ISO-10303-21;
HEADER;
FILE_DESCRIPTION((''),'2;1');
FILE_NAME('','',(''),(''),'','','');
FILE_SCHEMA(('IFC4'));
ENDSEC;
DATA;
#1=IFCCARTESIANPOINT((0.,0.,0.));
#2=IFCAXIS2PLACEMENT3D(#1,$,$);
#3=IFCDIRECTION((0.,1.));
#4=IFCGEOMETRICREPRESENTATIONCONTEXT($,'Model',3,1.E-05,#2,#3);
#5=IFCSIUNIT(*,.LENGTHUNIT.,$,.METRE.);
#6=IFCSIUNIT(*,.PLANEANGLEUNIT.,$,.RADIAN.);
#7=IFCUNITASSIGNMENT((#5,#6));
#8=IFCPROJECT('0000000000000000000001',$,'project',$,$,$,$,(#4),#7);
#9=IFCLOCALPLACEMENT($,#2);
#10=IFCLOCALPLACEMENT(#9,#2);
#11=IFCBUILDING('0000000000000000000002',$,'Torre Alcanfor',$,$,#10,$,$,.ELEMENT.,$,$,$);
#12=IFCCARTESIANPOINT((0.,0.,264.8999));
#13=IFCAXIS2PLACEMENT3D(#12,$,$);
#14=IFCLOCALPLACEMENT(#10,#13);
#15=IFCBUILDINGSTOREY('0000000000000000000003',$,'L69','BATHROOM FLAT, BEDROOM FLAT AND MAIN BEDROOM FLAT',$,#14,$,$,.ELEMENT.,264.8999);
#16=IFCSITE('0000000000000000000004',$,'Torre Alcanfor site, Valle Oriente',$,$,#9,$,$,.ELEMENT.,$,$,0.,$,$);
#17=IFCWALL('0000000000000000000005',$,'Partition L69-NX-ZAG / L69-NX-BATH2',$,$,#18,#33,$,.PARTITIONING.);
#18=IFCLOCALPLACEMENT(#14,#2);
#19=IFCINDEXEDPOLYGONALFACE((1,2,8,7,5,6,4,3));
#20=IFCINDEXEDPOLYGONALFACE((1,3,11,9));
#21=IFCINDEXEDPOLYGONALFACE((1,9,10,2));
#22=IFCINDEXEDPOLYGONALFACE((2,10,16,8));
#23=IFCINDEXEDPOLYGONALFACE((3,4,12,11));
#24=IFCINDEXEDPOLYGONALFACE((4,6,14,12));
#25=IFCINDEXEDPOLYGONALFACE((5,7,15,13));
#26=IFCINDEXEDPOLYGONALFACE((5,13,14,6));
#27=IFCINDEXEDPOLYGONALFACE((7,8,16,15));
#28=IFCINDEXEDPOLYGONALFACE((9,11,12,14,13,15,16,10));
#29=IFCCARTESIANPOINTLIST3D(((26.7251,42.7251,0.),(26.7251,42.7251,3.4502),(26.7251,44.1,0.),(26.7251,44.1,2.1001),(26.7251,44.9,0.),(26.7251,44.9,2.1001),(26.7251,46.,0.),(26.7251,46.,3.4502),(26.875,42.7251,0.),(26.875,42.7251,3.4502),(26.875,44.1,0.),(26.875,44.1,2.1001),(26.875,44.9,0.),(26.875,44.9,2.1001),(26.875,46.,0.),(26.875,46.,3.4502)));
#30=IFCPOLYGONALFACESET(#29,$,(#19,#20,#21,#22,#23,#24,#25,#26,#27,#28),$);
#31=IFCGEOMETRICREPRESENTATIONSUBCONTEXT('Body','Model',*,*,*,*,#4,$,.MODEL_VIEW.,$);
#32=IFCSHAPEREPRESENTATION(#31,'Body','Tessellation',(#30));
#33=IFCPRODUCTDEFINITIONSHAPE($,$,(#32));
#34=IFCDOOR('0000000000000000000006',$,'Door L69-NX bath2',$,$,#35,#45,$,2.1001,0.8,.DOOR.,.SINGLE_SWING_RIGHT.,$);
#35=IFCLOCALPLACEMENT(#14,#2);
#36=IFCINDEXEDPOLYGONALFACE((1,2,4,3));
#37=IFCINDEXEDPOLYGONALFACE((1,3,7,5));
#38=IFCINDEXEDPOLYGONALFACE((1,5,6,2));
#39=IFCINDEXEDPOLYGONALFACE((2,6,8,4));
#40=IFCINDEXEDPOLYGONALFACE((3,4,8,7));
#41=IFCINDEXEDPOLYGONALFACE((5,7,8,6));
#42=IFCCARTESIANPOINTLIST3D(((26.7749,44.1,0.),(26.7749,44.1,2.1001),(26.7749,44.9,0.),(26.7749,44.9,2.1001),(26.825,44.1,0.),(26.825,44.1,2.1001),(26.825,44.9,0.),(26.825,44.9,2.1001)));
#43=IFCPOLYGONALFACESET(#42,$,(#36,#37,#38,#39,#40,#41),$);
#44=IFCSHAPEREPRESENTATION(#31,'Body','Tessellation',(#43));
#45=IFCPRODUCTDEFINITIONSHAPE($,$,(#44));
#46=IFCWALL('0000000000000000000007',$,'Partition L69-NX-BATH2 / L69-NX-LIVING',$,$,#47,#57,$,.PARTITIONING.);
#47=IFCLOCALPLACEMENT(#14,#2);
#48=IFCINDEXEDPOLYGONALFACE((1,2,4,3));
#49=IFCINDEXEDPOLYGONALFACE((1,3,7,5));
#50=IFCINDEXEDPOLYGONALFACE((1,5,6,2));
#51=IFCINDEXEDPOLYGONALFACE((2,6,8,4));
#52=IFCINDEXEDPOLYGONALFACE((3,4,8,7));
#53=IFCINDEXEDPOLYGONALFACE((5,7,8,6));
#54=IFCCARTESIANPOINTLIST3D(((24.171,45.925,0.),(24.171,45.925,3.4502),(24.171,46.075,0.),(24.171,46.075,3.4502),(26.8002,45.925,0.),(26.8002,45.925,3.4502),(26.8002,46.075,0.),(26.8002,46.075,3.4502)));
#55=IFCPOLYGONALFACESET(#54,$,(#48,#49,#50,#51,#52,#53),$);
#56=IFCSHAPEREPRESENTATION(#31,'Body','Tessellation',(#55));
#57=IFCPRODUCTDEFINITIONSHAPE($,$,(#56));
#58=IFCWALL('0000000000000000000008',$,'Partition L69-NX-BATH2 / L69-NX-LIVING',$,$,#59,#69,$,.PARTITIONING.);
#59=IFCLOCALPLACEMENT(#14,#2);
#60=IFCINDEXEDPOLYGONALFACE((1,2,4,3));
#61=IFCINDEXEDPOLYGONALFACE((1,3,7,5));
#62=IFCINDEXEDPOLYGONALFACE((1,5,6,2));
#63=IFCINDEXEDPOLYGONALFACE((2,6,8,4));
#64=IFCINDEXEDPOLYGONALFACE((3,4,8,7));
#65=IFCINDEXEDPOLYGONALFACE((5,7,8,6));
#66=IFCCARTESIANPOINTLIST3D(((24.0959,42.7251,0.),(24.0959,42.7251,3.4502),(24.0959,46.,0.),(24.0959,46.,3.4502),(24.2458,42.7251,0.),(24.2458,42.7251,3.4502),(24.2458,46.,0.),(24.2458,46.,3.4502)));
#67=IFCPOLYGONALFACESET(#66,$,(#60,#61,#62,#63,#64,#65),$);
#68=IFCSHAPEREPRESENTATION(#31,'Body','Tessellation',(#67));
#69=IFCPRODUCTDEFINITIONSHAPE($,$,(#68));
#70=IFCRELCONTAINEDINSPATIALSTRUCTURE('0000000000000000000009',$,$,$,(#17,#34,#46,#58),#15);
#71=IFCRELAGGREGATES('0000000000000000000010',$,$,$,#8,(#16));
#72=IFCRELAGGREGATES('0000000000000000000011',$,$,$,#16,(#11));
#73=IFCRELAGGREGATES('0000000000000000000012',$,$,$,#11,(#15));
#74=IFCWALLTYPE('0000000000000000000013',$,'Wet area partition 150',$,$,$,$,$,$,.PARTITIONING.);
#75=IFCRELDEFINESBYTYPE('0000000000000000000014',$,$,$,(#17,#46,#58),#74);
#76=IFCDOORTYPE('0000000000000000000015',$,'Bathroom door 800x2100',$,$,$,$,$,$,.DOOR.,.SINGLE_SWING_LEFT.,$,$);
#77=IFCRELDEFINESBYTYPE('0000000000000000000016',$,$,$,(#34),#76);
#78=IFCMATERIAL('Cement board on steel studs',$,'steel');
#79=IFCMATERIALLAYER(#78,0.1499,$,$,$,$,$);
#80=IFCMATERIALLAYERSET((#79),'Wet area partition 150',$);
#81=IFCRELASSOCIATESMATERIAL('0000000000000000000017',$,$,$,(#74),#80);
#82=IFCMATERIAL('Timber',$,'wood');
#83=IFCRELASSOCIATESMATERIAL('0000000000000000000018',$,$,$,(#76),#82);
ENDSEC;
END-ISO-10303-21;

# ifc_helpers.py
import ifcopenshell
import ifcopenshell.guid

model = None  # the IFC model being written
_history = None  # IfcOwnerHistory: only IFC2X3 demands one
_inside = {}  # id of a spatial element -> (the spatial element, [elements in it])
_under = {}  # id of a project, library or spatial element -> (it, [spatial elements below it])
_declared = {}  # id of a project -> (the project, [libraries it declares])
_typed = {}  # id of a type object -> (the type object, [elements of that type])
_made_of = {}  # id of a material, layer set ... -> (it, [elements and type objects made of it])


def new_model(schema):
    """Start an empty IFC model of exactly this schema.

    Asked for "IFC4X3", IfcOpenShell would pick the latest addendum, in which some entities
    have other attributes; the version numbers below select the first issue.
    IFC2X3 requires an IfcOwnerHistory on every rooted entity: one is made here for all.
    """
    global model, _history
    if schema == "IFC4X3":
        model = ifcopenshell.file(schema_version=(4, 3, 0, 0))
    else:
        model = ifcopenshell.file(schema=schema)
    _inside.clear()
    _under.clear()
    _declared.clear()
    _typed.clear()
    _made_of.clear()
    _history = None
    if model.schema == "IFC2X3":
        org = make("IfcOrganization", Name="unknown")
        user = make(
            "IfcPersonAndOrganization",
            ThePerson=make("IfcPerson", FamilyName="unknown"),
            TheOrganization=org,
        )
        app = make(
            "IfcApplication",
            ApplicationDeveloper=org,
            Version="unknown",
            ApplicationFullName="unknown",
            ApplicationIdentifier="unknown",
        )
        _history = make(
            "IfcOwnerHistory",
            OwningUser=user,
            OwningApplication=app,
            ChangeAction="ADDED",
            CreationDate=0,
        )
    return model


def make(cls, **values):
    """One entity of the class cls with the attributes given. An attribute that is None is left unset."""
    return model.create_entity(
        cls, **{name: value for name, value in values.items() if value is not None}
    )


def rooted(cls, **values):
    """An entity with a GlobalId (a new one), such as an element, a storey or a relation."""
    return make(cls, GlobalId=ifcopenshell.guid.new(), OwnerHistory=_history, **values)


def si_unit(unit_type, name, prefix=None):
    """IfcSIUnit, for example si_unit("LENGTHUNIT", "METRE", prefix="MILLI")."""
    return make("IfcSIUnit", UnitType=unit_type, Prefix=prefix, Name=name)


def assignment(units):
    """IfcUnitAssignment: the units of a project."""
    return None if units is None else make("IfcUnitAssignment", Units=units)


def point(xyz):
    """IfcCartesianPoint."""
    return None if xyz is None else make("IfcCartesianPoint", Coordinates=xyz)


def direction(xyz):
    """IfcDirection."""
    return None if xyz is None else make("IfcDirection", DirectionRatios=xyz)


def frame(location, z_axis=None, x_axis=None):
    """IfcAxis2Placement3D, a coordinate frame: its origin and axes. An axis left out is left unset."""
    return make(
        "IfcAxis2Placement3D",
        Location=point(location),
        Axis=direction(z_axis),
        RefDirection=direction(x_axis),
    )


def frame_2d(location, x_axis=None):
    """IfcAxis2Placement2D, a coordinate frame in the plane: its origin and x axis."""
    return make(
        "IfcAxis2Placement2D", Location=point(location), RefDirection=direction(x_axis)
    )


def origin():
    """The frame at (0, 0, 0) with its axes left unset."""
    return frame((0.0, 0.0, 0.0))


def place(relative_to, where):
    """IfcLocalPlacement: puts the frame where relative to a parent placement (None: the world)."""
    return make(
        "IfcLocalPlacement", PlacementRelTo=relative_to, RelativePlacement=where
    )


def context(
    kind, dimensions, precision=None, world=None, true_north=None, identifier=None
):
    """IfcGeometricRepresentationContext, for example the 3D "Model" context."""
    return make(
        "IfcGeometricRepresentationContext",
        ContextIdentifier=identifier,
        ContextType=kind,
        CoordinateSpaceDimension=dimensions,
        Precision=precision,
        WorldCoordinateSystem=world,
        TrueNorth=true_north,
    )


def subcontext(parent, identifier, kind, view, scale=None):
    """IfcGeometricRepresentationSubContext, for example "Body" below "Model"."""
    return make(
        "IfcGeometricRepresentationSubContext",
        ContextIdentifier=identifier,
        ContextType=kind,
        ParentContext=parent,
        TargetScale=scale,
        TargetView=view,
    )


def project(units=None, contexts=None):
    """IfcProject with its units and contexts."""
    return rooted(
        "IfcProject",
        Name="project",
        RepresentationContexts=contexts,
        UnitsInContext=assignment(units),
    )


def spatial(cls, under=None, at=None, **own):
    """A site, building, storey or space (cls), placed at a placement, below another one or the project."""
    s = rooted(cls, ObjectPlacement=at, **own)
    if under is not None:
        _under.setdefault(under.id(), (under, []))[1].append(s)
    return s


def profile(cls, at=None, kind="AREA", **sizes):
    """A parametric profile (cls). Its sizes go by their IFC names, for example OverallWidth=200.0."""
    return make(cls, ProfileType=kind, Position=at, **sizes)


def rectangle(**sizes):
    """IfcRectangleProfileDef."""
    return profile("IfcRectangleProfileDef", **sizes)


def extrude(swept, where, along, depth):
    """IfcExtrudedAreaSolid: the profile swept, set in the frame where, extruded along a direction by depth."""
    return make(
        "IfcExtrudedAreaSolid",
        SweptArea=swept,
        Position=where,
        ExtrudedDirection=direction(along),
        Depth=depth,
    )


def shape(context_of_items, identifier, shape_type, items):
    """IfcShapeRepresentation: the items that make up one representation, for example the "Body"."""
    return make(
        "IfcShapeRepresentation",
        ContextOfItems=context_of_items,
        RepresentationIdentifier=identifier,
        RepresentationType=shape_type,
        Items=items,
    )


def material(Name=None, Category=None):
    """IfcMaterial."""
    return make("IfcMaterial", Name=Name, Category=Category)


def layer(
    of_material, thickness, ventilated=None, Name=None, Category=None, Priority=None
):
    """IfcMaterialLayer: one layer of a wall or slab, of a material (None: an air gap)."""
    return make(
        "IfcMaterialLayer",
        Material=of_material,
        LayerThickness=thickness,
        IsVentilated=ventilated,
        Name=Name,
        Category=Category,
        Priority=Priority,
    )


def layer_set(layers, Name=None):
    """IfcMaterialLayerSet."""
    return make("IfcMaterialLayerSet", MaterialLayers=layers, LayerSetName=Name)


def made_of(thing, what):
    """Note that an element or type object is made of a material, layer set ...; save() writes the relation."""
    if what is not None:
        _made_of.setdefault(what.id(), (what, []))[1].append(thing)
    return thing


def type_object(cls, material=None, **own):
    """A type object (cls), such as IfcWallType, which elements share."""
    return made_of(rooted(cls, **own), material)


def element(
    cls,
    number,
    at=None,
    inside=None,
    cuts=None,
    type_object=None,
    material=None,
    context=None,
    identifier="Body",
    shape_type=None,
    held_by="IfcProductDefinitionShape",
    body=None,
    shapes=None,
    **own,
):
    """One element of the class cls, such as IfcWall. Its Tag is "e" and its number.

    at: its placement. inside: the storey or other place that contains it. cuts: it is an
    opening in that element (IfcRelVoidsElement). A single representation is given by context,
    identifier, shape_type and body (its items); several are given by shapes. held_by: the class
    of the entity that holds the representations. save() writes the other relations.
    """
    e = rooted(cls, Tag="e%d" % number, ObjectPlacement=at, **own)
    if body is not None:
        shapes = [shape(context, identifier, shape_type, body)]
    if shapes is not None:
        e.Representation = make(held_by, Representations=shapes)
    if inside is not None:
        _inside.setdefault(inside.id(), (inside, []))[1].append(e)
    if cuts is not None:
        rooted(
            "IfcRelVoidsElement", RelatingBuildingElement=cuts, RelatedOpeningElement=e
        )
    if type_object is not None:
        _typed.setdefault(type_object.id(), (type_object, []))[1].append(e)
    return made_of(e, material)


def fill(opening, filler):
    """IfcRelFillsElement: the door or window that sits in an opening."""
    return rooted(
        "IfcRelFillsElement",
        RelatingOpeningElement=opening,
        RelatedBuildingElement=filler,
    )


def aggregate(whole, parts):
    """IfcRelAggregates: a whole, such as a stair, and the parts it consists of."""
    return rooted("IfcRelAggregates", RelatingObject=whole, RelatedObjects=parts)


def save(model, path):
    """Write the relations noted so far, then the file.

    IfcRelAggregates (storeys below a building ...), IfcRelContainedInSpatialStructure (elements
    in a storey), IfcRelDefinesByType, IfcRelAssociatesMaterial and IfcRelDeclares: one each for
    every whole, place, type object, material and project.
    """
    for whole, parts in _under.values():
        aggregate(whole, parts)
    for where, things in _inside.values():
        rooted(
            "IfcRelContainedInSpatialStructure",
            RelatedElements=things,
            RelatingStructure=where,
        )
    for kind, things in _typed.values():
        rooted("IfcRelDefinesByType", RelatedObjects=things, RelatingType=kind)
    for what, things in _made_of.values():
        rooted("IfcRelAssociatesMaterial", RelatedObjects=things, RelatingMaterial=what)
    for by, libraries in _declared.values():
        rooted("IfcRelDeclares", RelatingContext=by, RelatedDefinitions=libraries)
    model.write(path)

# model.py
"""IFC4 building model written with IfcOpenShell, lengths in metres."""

from ifc_helpers import new_model, si_unit, direction, frame, frame_2d, origin, place, context, subcontext, project, spatial, rectangle, extrude, material, layer, layer_set, type_object, element, fill, save


model = new_model("IFC4")

# Units and contexts
model_context = context("Model", 3, precision=1e-05, world=origin(), true_north=direction((0.0, 1.0)))
body_context = subcontext(model_context, "Body", "Model", "MODEL_VIEW")
ifc_project = project(units=[si_unit("LENGTHUNIT", "METRE"), si_unit("PLANEANGLEUNIT", "RADIAN")], contexts=[model_context])

# Site, building, storey
site_placement = place(None, origin())
site = spatial("IfcSite", under=ifc_project, at=site_placement, Name="Torre Alcanfor site, Valle Oriente", CompositionType="ELEMENT", RefElevation=0.0)
building_placement = place(site_placement, origin())
building = spatial("IfcBuilding", under=site, at=building_placement, Name="Torre Alcanfor", CompositionType="ELEMENT")
storey_placement = place(building_placement, frame((0.0, 0.0, 264.8999)))
storey = spatial("IfcBuildingStorey", under=building, at=storey_placement, Name="L69", Description="BATHROOM FLAT, BEDROOM FLAT AND MAIN BEDROOM FLAT", CompositionType="ELEMENT", Elevation=264.8999)

# Wall, opening, door
ifc_material_1 = material(Name="Cement board on steel studs", Category="steel")
ifc_layer_1 = layer(ifc_material_1, 0.1499)
ifc_layer_set_1 = layer_set([ifc_layer_1], Name="Wet area partition 150")
wall_type_1 = type_object("IfcWallType", Name="Wet area partition 150", PredefinedType="PARTITIONING", material=ifc_layer_set_1)
wall_1_placement = place(storey_placement, frame((26.8, 46.0, 0.0), z_axis=(0.0, 0.0, 1.0), x_axis=(0.0, -1.0, 0.0)))
wall_1 = element("IfcWall", 1, at=wall_1_placement, inside=storey, type_object=wall_type_1, Name="Partition L69-NX-ZAG / L69-NX-BATH2", PredefinedType="PARTITIONING", context=body_context, shape_type="SweptSolid", body=[
    extrude(rectangle(XDim=3.2749, YDim=0.1499, at=frame_2d((1.6375, 0.0))), origin(), (0.0, 0.0, 1.0), 3.4502),
])
opening_1_placement = place(wall_1_placement, frame((1.1001, 0.0, 0.0)))
opening_1 = element("IfcOpeningElement", 2, at=opening_1_placement, cuts=wall_1, PredefinedType="OPENING", context=body_context, shape_type="SweptSolid", body=[
    extrude(rectangle(XDim=0.8, YDim=2.1001, at=frame_2d((0.3999, 1.05))), frame((0.0, 0.085, 0.0), z_axis=(0.0, -1.0, 0.0), x_axis=(1.0, 0.0, 0.0)), (0.0, 0.0, 1.0), 0.1699),
])
ifc_material_2 = material(Name="Timber", Category="wood")
door_type_1 = type_object("IfcDoorType", Name="Bathroom door 800x2100", OperationType="SINGLE_SWING_LEFT", PredefinedType="DOOR", material=ifc_material_2)
door_1_placement = place(opening_1_placement, frame((0.8, 0.0, 0.0), z_axis=(0.0, 0.0, 1.0), x_axis=(-1.0, 0.0, 0.0)))
door_1 = element("IfcDoor", 3, at=door_1_placement, inside=storey, type_object=door_type_1, Name="Door L69-NX bath2", OperationType="SINGLE_SWING_RIGHT", OverallHeight=2.1001, OverallWidth=0.8, PredefinedType="DOOR", context=body_context, shape_type="SweptSolid", body=[
    extrude(rectangle(XDim=0.8, YDim=2.1001, at=frame_2d((0.4001, 1.05))), frame((0.0, 0.0251, 0.0), z_axis=(0.0, -1.0, 0.0), x_axis=(1.0, 0.0, 0.0)), (0.0, 0.0, 1.0), 0.05),
])
fill(opening_1, door_1)

# Walls
wall_2_placement = place(storey_placement, frame((26.8, 46.0, 0.0), z_axis=(0.0, 0.0, 1.0), x_axis=(-1.0, 0.0, 0.0)))
element("IfcWall", 4, at=wall_2_placement, inside=storey, type_object=wall_type_1, Name="Partition L69-NX-BATH2 / L69-NX-LIVING", PredefinedType="PARTITIONING", context=body_context, shape_type="SweptSolid", body=[
    extrude(rectangle(XDim=2.6292, YDim=0.1499, at=frame_2d((1.3145, 0.0))), origin(), (0.0, 0.0, 1.0), 3.4502),
])
wall_3_placement = place(storey_placement, frame((24.1709, 46.0, 0.0), z_axis=(0.0, 0.0, 1.0), x_axis=(0.0, -1.0, 0.0)))
element("IfcWall", 5, at=wall_3_placement, inside=storey, type_object=wall_type_1, Name="Partition L69-NX-BATH2 / L69-NX-LIVING", PredefinedType="PARTITIONING", context=body_context, shape_type="SweptSolid", body=[
    extrude(rectangle(XDim=3.2749, YDim=0.1499, at=frame_2d((1.6375, 0.0))), origin(), (0.0, 0.0, 1.0), 3.4502),
])

save(model, "model.ifc")
